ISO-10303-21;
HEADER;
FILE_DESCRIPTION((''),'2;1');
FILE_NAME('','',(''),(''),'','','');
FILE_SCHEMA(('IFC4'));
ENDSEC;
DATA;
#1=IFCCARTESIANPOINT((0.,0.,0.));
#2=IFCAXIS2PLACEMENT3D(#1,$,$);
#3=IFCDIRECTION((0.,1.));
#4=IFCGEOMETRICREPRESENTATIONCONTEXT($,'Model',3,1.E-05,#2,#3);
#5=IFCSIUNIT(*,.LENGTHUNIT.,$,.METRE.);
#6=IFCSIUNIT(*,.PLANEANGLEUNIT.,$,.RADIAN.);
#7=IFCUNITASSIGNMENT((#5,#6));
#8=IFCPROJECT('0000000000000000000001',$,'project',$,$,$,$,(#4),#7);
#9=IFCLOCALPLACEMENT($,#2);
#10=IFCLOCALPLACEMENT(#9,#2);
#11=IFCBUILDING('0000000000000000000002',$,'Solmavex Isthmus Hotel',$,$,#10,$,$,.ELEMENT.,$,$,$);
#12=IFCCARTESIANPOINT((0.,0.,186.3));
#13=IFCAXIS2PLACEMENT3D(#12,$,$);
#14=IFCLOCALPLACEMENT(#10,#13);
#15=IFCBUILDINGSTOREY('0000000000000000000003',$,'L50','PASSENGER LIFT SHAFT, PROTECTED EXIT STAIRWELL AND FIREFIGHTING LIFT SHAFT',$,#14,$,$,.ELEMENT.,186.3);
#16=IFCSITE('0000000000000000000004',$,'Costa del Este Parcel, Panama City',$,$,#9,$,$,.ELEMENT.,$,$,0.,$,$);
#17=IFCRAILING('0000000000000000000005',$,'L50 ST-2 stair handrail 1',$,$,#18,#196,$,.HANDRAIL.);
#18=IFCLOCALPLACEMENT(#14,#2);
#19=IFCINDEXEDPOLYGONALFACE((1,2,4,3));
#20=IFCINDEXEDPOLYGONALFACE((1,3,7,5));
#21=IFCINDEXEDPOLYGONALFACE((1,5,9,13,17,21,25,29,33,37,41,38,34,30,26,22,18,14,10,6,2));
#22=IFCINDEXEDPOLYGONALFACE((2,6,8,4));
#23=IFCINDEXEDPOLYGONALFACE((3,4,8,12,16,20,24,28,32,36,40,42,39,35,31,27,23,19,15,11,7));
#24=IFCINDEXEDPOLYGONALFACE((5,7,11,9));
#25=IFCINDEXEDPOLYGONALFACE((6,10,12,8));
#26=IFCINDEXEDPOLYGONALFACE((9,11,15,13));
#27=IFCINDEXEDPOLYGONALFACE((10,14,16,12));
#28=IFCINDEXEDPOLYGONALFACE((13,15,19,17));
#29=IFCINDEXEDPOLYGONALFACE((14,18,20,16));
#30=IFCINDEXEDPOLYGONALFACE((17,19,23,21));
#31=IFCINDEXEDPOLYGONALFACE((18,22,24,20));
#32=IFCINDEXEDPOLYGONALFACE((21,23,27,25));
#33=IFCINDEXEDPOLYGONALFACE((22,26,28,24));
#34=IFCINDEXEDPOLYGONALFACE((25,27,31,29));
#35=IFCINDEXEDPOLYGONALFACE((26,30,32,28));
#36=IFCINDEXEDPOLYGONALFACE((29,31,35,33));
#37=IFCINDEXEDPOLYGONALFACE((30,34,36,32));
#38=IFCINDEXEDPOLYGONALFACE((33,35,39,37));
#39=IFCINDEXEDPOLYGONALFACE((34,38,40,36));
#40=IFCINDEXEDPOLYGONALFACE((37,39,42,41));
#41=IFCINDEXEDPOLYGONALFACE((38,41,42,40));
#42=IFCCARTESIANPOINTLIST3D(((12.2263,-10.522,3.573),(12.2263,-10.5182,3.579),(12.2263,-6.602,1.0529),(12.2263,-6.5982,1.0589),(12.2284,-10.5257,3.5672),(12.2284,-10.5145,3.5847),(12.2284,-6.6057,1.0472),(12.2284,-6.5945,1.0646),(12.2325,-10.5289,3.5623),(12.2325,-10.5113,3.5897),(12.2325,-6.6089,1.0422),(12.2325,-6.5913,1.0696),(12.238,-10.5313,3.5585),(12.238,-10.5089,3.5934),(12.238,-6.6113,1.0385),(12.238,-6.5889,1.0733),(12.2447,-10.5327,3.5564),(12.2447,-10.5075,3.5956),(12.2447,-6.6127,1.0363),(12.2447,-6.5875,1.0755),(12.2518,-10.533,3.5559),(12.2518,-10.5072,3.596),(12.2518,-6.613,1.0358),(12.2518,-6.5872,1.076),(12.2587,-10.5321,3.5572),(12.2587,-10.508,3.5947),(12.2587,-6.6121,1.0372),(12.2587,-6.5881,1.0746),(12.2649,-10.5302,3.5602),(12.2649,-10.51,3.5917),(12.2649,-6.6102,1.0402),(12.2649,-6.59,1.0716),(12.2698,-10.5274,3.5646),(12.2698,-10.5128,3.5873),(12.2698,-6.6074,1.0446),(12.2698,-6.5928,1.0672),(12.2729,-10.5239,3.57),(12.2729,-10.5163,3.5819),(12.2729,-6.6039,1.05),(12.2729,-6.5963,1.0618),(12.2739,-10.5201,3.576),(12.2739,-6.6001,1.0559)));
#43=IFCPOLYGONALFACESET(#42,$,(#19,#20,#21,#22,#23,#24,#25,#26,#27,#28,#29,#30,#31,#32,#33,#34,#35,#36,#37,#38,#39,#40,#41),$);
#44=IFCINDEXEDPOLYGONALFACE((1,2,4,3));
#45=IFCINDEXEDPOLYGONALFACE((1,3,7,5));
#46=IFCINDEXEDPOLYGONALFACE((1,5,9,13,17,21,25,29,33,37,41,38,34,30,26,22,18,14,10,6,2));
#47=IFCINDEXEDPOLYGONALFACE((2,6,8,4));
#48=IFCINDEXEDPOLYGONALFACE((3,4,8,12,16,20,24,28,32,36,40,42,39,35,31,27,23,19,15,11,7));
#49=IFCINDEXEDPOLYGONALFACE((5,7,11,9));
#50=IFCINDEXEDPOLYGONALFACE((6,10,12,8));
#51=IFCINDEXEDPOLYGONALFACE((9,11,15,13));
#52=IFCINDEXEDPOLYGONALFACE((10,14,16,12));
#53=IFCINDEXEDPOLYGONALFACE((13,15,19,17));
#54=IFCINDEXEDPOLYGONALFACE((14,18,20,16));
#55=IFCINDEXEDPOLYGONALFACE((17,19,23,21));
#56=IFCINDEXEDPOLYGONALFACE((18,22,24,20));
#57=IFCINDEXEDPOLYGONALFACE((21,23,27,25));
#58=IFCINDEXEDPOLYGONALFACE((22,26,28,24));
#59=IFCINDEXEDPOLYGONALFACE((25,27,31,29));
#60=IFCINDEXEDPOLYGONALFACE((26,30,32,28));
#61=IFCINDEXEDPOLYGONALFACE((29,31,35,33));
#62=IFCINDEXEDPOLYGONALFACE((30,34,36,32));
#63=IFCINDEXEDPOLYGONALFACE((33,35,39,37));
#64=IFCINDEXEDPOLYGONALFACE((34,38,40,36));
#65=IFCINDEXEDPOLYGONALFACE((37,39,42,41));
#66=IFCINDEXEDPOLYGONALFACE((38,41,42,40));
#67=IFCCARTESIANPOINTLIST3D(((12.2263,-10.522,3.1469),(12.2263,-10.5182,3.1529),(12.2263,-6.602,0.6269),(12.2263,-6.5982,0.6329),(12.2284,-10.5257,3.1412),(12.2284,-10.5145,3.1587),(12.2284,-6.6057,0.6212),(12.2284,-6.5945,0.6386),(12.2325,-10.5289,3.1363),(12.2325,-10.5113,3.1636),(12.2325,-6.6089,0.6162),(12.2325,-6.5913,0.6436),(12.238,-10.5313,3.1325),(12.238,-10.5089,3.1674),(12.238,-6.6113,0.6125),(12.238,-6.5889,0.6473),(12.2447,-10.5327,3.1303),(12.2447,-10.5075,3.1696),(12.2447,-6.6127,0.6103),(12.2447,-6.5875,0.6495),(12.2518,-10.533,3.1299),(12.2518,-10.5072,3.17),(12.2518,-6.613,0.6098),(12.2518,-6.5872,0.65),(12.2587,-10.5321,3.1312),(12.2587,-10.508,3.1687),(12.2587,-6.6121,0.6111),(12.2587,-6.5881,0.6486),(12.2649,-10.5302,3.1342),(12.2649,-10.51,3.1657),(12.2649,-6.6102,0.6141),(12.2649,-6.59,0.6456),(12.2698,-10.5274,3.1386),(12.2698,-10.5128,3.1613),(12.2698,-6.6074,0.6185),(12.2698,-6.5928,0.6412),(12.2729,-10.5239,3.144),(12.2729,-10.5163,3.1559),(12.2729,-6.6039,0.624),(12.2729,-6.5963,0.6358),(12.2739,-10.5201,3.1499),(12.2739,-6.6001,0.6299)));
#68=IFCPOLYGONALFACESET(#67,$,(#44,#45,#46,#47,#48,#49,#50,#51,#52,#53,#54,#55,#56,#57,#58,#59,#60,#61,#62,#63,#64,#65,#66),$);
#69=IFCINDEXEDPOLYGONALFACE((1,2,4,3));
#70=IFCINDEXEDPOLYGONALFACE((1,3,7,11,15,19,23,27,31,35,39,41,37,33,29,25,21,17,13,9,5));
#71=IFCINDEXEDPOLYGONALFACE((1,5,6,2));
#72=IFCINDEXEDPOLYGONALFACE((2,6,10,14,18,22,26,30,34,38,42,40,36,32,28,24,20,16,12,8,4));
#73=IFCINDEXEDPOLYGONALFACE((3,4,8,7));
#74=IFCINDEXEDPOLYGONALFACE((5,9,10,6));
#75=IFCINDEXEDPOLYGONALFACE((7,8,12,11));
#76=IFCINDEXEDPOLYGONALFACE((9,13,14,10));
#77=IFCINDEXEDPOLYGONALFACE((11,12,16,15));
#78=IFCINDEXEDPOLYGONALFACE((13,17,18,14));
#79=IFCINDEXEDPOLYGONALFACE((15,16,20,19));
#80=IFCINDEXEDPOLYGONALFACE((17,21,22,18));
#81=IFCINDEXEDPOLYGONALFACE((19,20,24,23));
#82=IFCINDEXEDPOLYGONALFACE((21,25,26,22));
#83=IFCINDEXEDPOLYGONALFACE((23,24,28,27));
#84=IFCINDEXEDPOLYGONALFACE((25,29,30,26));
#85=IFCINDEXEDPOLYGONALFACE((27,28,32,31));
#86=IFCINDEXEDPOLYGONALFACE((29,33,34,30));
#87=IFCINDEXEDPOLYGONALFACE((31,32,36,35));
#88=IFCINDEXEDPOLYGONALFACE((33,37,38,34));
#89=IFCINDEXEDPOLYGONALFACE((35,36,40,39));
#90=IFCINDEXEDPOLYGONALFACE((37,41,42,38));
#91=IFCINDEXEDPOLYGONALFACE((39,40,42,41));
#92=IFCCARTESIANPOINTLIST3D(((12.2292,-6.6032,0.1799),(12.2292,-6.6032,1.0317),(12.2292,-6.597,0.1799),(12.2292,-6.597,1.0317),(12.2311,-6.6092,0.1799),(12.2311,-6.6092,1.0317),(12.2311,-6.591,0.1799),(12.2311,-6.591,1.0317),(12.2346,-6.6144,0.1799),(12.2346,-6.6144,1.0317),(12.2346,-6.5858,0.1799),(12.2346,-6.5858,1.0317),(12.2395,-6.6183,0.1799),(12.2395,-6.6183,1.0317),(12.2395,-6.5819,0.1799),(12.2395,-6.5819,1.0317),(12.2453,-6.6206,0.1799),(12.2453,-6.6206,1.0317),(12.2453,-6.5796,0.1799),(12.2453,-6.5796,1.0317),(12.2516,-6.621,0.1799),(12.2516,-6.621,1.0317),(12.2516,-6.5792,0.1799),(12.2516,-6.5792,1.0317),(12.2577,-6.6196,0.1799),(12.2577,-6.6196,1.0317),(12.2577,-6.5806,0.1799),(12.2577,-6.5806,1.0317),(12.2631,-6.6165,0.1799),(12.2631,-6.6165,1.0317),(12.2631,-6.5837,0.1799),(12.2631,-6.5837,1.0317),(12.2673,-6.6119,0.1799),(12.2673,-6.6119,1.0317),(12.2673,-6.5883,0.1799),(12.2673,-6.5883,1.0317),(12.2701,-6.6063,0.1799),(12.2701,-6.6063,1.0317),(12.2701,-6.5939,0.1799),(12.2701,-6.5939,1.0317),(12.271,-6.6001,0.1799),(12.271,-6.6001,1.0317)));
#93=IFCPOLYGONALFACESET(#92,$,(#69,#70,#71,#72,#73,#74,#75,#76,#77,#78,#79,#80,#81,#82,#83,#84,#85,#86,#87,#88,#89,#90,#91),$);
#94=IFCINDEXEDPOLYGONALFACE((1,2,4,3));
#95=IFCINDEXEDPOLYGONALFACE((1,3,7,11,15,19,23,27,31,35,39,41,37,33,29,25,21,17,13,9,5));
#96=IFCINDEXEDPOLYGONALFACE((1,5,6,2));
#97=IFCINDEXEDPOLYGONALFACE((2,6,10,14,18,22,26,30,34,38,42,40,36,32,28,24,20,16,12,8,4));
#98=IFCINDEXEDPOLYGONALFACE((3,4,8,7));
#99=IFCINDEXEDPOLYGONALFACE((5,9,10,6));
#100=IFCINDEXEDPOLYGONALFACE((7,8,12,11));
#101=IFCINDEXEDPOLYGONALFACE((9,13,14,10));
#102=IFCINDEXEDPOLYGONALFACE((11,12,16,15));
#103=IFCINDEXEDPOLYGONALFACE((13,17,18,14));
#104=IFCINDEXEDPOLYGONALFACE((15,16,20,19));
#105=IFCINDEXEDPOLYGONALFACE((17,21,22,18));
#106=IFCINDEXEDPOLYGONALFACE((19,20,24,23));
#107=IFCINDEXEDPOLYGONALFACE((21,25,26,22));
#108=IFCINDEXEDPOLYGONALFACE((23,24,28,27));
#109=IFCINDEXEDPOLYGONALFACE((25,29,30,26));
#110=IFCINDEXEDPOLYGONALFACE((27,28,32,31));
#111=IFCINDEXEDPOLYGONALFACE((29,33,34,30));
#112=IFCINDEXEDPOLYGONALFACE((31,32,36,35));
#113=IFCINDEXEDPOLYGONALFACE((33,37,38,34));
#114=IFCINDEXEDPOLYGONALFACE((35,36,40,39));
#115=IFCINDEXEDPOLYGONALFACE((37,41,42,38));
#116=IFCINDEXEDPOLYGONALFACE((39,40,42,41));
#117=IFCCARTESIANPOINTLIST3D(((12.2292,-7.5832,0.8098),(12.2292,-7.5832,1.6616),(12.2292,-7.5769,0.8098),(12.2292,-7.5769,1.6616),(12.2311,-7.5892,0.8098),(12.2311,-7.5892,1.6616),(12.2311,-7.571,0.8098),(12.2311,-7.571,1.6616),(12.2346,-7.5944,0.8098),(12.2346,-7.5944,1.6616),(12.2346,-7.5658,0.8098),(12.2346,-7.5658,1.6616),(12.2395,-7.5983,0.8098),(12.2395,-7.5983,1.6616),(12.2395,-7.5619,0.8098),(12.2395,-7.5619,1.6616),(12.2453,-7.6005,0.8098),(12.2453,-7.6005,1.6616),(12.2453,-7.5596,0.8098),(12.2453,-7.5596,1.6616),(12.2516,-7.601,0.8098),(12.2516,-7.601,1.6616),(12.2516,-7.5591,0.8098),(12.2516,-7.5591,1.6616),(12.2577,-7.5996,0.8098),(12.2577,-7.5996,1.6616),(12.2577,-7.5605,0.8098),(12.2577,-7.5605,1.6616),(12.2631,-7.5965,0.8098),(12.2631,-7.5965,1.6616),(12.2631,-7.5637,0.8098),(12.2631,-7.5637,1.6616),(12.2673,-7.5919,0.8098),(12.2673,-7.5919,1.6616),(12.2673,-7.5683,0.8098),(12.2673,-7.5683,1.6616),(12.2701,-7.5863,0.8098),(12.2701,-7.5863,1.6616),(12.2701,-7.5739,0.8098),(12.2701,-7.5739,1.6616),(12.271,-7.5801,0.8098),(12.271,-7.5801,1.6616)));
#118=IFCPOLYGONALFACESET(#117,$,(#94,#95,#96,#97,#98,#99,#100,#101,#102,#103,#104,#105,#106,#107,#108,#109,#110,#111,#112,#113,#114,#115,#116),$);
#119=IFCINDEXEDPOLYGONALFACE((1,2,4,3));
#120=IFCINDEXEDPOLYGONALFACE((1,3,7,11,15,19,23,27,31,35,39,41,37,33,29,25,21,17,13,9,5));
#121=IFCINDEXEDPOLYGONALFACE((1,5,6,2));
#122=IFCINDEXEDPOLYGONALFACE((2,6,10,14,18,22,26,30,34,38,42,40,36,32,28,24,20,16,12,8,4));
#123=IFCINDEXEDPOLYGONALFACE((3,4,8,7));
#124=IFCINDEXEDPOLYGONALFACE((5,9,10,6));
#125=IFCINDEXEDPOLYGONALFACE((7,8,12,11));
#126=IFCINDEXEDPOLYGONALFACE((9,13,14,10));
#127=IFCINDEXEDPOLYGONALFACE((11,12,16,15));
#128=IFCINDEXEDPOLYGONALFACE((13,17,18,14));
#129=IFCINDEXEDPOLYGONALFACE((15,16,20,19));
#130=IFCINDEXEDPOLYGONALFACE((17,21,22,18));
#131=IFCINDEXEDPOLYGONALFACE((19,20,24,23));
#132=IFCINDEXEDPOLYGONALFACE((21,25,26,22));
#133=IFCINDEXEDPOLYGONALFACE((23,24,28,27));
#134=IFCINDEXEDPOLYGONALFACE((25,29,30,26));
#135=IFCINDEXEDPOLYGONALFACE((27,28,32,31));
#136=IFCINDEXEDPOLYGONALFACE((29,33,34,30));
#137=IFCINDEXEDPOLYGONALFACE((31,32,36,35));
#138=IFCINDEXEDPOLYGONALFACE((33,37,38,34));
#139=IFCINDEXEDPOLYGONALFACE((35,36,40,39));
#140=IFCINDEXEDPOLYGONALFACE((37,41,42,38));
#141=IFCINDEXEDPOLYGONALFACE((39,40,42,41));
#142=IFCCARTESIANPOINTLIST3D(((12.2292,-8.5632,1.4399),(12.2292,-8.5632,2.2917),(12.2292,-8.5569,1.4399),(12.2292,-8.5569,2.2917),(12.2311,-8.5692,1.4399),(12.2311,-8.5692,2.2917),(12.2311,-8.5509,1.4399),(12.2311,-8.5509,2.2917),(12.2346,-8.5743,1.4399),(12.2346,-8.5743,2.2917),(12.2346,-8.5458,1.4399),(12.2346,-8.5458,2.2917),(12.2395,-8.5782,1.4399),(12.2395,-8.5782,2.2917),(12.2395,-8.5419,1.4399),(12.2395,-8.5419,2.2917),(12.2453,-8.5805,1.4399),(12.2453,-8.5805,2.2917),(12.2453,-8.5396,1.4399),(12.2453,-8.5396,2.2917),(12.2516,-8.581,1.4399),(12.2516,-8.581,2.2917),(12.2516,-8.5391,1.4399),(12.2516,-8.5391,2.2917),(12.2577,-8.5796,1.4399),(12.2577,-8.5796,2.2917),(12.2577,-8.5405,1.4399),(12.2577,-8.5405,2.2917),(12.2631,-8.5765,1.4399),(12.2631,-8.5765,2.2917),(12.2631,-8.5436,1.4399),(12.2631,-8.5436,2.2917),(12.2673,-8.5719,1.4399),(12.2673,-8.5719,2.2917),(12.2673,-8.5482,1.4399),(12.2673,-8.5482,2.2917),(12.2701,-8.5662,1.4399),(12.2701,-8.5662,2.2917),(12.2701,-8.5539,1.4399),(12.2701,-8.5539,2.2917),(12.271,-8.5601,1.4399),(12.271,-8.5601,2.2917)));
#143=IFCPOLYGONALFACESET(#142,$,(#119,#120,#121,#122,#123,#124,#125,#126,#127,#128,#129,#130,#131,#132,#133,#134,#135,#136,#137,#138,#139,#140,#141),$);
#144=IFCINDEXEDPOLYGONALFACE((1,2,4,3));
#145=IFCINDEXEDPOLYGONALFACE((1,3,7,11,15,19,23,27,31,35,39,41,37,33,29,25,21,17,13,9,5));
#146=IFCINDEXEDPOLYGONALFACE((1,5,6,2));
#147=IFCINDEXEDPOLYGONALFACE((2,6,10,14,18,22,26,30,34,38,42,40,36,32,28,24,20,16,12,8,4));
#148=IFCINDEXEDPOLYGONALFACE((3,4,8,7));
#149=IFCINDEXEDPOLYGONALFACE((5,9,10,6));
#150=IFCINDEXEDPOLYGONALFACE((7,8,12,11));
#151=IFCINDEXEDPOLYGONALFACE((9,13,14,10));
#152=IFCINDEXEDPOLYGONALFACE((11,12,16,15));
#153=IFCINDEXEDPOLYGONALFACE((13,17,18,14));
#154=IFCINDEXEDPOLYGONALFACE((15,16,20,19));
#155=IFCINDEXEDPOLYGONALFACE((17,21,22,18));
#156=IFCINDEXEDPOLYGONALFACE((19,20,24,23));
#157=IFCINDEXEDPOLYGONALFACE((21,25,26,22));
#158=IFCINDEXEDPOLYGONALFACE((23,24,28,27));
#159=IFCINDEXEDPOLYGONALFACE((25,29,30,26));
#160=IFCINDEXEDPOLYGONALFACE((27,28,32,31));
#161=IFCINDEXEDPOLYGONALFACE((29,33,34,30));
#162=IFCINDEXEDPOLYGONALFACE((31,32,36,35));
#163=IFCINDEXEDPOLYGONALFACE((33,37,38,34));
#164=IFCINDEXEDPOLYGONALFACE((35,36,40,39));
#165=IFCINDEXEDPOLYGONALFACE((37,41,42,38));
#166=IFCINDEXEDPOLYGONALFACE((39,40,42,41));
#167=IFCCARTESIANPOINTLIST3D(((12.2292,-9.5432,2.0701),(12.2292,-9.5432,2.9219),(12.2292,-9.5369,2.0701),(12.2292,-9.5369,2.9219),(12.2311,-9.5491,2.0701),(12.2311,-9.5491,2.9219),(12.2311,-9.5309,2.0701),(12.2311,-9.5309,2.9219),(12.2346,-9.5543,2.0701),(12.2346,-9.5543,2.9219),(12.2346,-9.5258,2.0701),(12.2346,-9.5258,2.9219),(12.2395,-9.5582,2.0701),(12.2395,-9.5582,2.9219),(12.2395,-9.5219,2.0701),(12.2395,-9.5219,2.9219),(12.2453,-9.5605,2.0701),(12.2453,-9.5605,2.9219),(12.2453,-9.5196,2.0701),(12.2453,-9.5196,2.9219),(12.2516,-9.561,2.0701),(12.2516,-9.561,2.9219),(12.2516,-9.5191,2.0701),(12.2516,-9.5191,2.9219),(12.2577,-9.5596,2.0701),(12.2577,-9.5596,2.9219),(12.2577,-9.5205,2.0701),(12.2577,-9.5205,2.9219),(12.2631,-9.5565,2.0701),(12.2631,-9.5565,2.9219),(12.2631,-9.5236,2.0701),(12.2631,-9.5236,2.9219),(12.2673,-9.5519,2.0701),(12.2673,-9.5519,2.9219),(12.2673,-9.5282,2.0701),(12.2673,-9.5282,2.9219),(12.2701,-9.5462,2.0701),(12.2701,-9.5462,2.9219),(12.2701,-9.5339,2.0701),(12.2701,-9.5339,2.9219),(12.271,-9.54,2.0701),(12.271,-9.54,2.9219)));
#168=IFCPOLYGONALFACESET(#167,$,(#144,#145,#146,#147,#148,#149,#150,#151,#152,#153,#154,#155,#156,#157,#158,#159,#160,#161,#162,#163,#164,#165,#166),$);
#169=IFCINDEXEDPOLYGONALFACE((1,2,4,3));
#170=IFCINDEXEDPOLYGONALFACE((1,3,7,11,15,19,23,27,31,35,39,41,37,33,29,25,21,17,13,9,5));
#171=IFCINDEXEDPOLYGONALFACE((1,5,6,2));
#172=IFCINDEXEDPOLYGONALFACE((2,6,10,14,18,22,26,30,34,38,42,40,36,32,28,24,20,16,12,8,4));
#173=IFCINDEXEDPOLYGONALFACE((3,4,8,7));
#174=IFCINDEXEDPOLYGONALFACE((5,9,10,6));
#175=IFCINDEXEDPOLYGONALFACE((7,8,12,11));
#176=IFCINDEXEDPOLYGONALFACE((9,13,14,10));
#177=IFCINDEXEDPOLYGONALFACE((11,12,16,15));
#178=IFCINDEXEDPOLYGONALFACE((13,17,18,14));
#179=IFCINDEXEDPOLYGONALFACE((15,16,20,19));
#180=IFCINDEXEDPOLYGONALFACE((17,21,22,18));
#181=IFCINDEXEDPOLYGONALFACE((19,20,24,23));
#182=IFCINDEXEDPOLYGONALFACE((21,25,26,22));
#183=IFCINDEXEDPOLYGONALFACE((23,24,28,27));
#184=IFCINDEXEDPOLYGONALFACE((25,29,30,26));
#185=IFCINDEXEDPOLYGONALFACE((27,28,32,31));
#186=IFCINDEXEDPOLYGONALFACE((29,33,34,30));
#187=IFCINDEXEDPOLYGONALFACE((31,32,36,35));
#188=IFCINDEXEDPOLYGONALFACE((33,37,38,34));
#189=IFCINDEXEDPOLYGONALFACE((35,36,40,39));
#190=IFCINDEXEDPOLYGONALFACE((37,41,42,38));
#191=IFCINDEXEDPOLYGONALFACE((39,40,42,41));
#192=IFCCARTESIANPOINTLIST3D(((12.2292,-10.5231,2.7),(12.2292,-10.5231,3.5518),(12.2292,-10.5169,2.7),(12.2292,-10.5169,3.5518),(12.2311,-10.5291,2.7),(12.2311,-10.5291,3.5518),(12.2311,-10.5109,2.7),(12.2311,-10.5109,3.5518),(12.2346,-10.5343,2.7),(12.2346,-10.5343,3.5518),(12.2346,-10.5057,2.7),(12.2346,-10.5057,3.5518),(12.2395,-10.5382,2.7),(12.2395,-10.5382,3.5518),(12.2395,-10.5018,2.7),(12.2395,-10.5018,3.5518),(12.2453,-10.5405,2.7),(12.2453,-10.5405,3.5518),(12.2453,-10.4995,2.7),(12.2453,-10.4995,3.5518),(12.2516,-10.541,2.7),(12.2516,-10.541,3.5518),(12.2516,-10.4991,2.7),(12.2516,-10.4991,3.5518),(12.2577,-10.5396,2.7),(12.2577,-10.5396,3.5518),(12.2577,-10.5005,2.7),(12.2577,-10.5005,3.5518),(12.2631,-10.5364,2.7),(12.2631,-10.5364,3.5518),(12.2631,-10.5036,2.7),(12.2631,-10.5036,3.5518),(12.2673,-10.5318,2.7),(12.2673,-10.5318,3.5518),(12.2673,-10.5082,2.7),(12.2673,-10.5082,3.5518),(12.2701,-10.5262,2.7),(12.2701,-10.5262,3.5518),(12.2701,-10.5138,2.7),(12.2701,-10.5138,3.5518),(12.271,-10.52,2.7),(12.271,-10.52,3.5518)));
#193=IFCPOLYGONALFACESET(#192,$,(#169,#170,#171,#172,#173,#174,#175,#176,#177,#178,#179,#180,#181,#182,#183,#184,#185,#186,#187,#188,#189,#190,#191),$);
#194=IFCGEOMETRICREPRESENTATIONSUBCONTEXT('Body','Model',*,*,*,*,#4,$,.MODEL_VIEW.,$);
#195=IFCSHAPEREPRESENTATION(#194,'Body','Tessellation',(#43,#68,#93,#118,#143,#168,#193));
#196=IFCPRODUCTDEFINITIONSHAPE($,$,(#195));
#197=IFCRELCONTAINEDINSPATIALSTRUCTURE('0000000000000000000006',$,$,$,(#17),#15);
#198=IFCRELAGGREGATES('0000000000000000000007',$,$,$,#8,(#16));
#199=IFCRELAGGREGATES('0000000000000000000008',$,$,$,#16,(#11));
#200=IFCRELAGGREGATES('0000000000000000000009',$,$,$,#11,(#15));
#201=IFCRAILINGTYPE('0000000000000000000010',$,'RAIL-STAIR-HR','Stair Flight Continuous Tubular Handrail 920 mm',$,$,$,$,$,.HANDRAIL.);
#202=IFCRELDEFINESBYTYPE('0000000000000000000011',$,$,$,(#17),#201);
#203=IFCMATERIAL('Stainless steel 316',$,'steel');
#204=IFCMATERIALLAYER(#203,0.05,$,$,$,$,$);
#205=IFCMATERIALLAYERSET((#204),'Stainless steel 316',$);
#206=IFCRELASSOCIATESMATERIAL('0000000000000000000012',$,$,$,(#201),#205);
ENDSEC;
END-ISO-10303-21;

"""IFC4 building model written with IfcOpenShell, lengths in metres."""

from ifc_helpers import new_model, si_unit, direction, frame, origin, origin_2d, place, context, subcontext, project, spatial, circle, extrude, material, layer, layer_set, type_object, element, save


model = new_model("IFC4")

# Units and contexts
model_context = context("Model", 3, precision=1e-05, world=origin(), true_north=direction((0.0, 1.0)))
body_context = subcontext(model_context, "Body", "Model", "MODEL_VIEW")
ifc_project = project(units=[si_unit("LENGTHUNIT", "METRE"), si_unit("PLANEANGLEUNIT", "RADIAN")], contexts=[model_context])

# Site, building, storey
site_placement = place(None, origin())
site = spatial("IfcSite", under=ifc_project, at=site_placement, Name="Costa del Este Parcel, Panama City", CompositionType="ELEMENT", RefElevation=0.0)
building_placement = place(site_placement, origin())
building = spatial("IfcBuilding", under=site, at=building_placement, Name="Solmavex Isthmus Hotel", CompositionType="ELEMENT")
storey_placement = place(building_placement, frame((0.0, 0.0, 186.3)))
storey = spatial("IfcBuildingStorey", under=building, at=storey_placement, Name="L50", Description="PASSENGER LIFT SHAFT, PROTECTED EXIT STAIRWELL AND FIREFIGHTING LIFT SHAFT", CompositionType="ELEMENT", Elevation=186.3)

# Shared definitions
ifc_material_1 = material(Name="Stainless steel 316", Category="steel")

# Railing
ifc_layer_1 = layer(ifc_material_1, 0.05)
ifc_layer_set_1 = layer_set([ifc_layer_1], Name="Stainless steel 316")
railing_type_1 = type_object("IfcRailingType", Name="RAIL-STAIR-HR", Description="Stair Flight Continuous Tubular Handrail 920 mm", PredefinedType="HANDRAIL", material=ifc_layer_set_1)
railing_1_placement = place(storey_placement, frame((12.25, -6.6001, 0.1799)))
element("IfcRailing", 1, at=railing_1_placement, inside=storey, type_object=railing_type_1, Name="L50 ST-2 stair handrail 1", PredefinedType="HANDRAIL", context=body_context, shape_type="SweptSolid", body=[
    extrude(circle(Radius=0.0239, at=origin_2d()), frame((0.0, 0.0, 0.876), z_axis=(0.0, -0.841172, 0.540768), x_axis=(1.0, 0.0, 0.0)), (0.0, 0.0, 1.0), 4.6602),
    extrude(circle(Radius=0.0239, at=origin_2d()), frame((0.0, 0.0, 0.45), z_axis=(0.0, -0.841172, 0.540768), x_axis=(1.0, 0.0, 0.0)), (0.0, 0.0, 1.0), 4.6602),
    extrude(circle(Radius=0.021, at=origin_2d()), origin(), (0.0, 0.0, 1.0), 0.8518),
    extrude(circle(Radius=0.021, at=origin_2d()), frame((0.0, -0.98, 0.6299)), (0.0, 0.0, 1.0), 0.8518),
    extrude(circle(Radius=0.021, at=origin_2d()), frame((0.0, -1.96, 1.26)), (0.0, 0.0, 1.0), 0.8518),
    extrude(circle(Radius=0.021, at=origin_2d()), frame((0.0, -2.9399, 1.8901)), (0.0, 0.0, 1.0), 0.8518),
    extrude(circle(Radius=0.021, at=origin_2d()), frame((0.0, -3.9199, 2.52)), (0.0, 0.0, 1.0), 0.8518),
])

save(model, "model.ifc")
